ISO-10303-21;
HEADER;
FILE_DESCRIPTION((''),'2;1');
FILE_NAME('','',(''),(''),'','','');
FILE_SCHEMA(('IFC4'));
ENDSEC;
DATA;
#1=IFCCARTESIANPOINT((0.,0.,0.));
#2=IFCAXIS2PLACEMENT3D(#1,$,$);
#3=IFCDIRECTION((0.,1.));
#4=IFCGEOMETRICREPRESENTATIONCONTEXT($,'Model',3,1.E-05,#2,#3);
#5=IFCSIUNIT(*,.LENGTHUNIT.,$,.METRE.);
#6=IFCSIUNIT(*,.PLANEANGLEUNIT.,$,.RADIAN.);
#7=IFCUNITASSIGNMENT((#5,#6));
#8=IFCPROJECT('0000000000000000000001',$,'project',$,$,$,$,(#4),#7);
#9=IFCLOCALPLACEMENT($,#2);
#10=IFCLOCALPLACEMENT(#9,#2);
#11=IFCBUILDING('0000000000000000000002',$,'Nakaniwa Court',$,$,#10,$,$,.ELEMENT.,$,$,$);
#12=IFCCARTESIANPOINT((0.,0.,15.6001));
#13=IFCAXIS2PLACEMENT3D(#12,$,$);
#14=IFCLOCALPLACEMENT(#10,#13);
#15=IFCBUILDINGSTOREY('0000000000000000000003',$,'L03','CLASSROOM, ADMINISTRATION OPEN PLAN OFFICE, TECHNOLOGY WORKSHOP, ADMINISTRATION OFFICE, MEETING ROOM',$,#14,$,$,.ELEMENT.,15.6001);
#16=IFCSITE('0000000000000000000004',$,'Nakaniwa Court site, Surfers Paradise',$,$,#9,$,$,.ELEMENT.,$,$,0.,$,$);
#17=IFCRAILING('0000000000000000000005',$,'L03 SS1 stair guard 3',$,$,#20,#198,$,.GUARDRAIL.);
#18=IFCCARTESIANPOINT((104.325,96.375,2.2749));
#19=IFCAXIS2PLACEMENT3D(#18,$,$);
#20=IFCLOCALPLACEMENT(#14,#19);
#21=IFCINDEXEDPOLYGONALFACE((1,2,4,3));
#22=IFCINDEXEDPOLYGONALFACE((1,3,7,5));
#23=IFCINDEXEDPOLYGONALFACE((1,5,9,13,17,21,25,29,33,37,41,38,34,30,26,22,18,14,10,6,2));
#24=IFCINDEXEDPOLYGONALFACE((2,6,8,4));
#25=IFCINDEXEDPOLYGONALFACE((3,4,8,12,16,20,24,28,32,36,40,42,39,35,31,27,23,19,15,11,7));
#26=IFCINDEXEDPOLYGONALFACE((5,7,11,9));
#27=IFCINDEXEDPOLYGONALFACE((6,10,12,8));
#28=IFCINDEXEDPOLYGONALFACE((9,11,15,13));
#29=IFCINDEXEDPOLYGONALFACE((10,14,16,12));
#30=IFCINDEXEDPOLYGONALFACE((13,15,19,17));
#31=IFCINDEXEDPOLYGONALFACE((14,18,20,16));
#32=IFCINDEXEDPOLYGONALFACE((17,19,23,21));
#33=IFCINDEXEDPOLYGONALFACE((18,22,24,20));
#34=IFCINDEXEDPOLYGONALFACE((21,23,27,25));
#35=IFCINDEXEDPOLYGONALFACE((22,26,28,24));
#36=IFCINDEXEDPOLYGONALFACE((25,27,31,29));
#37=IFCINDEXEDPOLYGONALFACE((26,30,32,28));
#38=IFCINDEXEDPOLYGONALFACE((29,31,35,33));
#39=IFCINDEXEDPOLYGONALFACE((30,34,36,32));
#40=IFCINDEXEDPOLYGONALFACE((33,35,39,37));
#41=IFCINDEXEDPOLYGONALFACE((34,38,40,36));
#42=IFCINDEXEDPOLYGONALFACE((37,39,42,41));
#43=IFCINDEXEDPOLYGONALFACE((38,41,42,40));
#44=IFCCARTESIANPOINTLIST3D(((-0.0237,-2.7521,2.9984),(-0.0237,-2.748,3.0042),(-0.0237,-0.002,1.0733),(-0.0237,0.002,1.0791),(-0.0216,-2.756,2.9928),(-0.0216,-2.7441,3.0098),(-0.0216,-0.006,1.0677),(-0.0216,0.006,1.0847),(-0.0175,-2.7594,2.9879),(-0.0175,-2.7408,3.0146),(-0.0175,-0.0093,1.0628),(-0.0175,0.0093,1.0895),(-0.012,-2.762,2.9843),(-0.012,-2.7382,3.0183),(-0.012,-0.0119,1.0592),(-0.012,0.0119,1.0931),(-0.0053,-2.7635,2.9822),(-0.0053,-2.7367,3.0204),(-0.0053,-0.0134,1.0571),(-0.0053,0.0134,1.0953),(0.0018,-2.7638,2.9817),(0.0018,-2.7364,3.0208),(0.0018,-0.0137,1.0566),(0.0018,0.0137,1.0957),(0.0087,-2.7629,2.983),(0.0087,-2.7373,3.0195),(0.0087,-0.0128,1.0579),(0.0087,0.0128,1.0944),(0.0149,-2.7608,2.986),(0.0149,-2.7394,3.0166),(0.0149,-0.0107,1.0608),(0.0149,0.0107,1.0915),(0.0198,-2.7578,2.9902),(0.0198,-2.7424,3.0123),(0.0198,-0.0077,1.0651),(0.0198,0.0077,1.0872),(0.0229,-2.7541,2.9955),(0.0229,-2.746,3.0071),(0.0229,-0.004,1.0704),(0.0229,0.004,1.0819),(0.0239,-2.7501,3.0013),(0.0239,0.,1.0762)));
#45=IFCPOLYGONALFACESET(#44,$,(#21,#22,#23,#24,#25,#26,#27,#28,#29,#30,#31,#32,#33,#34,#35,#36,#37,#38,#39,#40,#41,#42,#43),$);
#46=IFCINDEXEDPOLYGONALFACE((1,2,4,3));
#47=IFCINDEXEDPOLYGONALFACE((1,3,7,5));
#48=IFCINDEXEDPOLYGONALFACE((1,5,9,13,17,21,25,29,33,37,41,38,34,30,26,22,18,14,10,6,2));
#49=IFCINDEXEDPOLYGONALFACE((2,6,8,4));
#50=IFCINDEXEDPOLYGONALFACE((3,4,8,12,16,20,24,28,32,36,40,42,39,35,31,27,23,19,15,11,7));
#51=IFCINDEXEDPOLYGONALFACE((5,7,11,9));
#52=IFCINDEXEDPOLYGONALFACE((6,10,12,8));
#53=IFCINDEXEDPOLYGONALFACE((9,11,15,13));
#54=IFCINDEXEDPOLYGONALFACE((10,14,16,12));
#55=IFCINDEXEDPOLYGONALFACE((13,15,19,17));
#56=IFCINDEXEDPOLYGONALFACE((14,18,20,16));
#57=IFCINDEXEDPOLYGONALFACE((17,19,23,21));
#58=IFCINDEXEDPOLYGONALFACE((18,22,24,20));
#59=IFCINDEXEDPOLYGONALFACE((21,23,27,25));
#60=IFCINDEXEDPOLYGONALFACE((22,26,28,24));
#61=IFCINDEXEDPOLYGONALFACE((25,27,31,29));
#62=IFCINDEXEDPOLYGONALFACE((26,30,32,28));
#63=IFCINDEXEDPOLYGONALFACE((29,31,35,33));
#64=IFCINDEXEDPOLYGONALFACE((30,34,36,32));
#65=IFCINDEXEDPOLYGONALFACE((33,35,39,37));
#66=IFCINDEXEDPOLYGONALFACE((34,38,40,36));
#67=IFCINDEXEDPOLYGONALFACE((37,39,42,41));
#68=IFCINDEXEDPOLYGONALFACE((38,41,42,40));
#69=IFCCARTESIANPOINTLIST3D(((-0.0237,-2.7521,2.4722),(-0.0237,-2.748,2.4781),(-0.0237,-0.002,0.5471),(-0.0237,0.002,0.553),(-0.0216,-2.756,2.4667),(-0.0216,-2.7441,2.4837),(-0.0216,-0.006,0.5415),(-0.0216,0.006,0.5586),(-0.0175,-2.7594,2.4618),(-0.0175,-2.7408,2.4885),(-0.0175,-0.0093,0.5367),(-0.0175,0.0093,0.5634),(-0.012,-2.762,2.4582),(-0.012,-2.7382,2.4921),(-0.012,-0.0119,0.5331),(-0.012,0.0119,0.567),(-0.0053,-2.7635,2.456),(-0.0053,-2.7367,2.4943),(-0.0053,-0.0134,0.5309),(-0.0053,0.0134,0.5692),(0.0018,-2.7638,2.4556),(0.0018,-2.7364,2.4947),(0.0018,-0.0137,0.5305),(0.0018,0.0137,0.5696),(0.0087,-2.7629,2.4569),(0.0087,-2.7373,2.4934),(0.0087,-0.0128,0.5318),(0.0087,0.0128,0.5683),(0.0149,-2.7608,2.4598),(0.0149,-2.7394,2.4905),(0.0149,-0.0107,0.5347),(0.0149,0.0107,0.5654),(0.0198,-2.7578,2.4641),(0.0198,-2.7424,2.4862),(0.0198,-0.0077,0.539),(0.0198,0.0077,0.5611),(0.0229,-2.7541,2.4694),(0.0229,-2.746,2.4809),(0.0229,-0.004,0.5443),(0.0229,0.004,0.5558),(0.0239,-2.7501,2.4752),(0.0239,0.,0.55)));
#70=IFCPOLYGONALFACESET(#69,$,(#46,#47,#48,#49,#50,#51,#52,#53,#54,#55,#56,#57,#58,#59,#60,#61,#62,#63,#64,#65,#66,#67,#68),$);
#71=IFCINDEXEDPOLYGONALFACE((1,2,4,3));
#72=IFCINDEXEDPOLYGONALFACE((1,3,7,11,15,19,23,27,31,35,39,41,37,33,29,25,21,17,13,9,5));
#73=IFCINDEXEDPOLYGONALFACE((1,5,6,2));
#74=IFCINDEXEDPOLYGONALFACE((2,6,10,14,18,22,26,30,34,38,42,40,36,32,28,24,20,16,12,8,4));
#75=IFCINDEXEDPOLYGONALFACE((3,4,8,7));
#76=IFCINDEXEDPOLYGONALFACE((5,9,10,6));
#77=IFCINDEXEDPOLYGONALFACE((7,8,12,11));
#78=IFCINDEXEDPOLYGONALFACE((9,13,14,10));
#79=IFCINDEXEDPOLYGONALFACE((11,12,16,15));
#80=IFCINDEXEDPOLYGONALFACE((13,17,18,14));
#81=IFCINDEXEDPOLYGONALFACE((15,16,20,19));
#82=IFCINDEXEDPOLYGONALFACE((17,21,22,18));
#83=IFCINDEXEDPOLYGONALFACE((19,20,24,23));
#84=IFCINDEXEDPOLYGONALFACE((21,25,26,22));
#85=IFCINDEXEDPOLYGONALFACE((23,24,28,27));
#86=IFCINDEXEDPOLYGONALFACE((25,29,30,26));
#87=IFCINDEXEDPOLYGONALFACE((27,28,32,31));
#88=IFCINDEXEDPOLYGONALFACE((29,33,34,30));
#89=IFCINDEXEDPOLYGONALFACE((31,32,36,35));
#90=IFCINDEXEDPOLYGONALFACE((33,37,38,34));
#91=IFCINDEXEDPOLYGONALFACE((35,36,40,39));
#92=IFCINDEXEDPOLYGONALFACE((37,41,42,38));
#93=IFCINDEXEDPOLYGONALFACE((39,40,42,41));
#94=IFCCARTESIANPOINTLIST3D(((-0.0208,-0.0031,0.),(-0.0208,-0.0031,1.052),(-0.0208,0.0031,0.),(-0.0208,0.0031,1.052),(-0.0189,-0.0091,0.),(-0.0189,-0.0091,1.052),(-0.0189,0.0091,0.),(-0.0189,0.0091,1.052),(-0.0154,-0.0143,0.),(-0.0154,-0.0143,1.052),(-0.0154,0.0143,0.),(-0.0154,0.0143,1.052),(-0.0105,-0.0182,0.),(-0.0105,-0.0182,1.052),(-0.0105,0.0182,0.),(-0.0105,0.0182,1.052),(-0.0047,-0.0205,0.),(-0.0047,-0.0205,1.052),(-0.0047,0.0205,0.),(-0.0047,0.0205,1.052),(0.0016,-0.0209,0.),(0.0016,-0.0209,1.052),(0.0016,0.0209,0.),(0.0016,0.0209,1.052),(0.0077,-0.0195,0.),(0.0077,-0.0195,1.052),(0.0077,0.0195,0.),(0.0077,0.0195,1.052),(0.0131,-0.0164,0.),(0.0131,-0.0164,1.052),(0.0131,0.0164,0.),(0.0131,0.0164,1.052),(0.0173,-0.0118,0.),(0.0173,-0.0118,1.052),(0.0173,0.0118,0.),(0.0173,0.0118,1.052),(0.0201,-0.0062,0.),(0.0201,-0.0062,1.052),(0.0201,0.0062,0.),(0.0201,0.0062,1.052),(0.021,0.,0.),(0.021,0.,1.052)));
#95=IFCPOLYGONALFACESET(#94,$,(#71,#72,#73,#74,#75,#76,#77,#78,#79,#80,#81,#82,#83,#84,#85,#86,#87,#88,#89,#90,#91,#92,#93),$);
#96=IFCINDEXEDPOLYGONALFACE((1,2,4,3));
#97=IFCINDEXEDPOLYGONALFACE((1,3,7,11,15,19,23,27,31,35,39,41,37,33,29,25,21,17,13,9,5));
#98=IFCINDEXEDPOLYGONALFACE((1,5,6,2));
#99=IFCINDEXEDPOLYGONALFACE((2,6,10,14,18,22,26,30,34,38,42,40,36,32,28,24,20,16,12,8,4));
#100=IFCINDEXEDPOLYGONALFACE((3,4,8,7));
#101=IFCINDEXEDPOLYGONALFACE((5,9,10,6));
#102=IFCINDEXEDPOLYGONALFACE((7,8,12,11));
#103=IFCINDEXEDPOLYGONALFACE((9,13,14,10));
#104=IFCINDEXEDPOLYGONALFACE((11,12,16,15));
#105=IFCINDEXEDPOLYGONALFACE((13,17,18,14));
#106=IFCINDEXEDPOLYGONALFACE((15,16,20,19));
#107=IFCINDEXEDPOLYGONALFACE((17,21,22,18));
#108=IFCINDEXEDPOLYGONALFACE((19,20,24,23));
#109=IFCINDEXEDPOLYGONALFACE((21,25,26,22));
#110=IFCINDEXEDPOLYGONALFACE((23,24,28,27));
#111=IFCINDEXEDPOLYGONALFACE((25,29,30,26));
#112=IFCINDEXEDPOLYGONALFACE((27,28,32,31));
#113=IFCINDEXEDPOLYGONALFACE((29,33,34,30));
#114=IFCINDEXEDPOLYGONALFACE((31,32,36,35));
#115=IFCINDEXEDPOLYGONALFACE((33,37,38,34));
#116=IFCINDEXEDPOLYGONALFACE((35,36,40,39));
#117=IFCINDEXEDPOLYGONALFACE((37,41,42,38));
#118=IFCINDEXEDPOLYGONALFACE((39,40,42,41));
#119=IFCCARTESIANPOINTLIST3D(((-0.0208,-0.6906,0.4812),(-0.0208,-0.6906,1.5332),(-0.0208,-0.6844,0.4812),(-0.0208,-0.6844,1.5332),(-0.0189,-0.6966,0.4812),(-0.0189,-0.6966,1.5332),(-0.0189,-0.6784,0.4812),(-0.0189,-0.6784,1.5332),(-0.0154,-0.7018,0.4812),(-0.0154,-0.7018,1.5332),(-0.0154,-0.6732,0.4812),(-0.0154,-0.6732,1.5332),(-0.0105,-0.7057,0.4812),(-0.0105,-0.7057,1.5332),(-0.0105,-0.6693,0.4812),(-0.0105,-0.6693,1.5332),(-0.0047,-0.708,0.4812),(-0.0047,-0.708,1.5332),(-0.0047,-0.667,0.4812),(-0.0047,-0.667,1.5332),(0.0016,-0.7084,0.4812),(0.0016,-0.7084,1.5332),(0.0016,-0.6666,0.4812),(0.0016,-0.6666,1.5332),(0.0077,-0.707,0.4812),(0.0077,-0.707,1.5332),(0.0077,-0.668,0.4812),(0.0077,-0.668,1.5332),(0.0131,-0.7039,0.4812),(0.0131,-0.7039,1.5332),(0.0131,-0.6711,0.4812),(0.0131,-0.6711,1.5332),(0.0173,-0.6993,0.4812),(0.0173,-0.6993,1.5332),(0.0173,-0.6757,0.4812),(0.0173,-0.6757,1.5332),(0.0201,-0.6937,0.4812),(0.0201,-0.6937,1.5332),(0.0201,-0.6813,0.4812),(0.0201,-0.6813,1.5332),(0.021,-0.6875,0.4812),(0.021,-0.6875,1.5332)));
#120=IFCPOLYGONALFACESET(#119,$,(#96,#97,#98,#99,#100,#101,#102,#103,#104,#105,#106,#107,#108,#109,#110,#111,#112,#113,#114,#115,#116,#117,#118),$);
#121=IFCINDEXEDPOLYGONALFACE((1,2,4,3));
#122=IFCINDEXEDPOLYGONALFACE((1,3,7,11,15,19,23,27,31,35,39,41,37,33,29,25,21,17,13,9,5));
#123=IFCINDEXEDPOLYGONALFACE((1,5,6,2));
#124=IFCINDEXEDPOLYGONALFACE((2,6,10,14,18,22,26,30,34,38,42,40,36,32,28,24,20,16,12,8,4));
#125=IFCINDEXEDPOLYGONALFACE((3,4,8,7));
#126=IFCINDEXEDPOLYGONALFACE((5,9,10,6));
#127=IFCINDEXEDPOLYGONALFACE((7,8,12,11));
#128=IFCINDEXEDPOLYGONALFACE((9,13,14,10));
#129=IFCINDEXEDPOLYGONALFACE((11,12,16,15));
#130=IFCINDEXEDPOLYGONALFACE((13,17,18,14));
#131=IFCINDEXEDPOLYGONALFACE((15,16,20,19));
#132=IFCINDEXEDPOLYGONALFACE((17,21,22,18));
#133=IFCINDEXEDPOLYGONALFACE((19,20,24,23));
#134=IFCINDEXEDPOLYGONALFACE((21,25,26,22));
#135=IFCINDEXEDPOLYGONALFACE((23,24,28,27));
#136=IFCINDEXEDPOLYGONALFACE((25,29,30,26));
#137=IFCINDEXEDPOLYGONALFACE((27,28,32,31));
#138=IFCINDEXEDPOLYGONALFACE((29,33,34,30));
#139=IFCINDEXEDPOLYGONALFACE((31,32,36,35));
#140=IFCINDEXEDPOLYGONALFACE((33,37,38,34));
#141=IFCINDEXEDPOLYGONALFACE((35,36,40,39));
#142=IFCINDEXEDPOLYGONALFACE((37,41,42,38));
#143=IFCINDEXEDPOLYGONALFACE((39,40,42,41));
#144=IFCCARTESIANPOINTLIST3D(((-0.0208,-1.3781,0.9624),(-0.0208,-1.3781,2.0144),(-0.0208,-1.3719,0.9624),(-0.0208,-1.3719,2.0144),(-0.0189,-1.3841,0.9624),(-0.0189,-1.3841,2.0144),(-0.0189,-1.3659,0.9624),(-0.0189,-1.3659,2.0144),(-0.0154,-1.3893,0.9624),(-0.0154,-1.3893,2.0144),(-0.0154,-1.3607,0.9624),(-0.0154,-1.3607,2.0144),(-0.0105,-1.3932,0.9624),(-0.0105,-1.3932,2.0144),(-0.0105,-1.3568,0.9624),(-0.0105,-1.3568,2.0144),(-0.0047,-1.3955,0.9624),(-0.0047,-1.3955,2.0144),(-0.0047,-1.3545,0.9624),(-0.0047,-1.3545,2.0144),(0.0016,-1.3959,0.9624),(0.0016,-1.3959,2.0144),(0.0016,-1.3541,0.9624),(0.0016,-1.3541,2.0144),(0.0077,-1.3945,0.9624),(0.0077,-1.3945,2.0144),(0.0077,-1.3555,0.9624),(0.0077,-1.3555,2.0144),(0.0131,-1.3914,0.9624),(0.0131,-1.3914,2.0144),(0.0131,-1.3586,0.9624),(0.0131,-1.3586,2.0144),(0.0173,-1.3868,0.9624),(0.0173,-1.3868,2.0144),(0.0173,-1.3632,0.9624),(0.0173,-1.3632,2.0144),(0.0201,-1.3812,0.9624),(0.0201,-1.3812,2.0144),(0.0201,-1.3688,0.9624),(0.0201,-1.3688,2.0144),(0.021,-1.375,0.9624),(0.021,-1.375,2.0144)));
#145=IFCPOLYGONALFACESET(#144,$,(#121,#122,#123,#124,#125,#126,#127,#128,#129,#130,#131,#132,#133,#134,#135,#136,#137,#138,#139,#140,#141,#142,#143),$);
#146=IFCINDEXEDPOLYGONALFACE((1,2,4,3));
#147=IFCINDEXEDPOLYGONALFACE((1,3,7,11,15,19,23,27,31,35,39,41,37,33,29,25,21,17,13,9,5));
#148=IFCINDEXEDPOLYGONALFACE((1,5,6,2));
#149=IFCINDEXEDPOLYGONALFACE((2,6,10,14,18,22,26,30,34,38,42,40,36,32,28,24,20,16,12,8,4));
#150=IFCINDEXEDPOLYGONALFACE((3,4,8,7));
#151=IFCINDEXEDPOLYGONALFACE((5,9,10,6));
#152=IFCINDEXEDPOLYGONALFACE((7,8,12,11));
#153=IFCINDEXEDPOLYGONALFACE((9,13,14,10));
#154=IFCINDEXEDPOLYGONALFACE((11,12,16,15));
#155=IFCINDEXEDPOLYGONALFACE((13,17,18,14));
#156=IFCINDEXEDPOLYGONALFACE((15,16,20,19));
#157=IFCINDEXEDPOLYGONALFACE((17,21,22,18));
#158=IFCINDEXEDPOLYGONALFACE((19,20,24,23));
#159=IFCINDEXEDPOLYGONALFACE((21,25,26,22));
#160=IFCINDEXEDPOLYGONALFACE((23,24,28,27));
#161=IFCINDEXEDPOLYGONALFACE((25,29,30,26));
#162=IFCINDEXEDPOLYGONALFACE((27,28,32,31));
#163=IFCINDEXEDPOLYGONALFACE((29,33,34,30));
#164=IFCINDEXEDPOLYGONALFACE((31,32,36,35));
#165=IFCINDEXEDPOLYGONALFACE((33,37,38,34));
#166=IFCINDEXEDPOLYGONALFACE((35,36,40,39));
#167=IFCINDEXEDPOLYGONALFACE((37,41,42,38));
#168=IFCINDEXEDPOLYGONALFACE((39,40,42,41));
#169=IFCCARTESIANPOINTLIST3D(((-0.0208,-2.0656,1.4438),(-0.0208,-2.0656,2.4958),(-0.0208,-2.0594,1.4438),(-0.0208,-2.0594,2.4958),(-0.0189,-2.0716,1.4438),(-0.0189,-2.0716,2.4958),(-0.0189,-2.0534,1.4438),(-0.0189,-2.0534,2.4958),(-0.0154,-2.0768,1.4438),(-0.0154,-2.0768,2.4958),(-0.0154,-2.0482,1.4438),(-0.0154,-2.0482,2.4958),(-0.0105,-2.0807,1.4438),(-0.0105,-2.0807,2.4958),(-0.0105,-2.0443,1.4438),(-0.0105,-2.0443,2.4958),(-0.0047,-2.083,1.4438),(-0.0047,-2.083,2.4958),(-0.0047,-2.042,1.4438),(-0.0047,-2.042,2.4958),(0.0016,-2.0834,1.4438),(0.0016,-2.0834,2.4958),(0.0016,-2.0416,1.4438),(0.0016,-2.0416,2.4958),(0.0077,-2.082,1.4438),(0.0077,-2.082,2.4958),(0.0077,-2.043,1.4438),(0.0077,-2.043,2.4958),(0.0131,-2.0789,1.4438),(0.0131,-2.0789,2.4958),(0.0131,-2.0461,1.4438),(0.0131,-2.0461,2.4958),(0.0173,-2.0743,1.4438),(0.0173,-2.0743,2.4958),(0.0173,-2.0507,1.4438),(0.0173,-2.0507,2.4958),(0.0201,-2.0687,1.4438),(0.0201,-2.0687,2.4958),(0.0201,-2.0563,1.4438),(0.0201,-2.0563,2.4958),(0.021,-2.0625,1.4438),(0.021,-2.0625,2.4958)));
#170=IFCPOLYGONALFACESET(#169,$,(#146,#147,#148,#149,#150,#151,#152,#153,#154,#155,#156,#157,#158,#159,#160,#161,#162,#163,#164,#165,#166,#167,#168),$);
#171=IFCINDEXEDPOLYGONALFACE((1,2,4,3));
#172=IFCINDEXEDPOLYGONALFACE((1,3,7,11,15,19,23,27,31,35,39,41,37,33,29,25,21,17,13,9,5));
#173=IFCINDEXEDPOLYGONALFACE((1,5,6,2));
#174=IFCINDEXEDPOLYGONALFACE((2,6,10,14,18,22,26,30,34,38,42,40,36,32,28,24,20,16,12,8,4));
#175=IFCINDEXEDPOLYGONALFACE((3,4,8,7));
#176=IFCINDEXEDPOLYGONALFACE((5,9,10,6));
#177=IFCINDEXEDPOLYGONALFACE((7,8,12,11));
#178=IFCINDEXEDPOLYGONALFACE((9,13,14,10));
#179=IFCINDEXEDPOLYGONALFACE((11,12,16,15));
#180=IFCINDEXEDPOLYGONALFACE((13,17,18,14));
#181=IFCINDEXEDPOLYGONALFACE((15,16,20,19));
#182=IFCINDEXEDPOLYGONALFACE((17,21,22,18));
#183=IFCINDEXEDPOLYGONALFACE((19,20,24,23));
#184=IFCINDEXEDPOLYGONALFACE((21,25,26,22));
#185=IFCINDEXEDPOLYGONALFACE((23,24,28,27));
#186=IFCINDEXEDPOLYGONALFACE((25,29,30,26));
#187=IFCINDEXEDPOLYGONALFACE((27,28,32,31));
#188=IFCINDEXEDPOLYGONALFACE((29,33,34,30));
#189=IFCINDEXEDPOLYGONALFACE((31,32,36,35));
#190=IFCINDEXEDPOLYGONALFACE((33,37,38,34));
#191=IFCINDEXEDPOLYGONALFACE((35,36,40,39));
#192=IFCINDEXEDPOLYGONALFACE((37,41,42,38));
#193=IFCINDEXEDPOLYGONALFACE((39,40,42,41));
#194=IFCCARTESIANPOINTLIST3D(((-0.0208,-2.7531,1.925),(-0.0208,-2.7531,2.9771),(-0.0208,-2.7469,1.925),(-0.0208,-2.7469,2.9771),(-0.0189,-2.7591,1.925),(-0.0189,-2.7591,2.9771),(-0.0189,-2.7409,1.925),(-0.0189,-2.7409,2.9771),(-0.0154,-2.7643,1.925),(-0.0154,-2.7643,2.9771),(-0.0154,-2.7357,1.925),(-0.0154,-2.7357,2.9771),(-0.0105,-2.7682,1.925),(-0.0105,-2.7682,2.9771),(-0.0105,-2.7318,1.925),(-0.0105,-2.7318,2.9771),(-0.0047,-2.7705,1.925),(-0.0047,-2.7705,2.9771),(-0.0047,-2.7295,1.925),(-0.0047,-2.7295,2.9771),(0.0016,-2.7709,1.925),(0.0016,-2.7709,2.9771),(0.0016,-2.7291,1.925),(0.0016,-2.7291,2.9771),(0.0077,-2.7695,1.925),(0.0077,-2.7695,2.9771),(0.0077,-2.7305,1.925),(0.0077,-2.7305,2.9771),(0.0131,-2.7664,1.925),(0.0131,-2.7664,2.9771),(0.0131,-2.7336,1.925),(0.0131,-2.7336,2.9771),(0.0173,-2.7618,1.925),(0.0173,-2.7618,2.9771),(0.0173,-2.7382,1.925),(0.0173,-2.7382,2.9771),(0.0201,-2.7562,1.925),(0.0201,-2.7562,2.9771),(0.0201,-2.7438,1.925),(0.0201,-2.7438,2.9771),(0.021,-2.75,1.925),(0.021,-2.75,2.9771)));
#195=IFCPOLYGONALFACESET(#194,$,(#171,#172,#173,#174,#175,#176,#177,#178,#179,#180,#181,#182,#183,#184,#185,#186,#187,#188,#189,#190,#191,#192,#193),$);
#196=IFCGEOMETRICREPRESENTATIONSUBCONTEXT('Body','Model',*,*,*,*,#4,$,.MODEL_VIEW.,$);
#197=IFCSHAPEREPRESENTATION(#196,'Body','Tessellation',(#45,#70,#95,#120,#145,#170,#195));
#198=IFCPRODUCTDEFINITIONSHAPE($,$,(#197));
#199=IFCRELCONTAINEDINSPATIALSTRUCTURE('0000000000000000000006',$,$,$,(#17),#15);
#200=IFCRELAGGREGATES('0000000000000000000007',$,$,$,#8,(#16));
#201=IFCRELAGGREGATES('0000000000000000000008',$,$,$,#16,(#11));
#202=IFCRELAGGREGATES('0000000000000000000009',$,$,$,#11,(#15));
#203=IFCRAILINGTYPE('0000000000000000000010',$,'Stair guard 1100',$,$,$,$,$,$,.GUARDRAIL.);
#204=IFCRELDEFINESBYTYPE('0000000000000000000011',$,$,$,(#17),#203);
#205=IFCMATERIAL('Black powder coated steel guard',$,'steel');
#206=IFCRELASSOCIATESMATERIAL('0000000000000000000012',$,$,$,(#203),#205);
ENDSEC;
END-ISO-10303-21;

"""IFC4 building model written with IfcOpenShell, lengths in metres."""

from ifc_helpers import new_model, si_unit, direction, frame, origin, origin_2d, place, context, subcontext, project, spatial, circle, extrude, material, type_object, element, save


model = new_model("IFC4")

# Units and contexts
model_context = context("Model", 3, precision=1e-05, world=origin(), true_north=direction((0.0, 1.0)))
body_context = subcontext(model_context, "Body", "Model", "MODEL_VIEW")
ifc_project = project(units=[si_unit("LENGTHUNIT", "METRE"), si_unit("PLANEANGLEUNIT", "RADIAN")], contexts=[model_context])

# Site, building, storey
site_placement = place(None, origin())
site = spatial("IfcSite", under=ifc_project, at=site_placement, Name="Nakaniwa Court site, Surfers Paradise", CompositionType="ELEMENT", RefElevation=0.0)
building_placement = place(site_placement, origin())
building = spatial("IfcBuilding", under=site, at=building_placement, Name="Nakaniwa Court", CompositionType="ELEMENT")
storey_placement = place(building_placement, frame((0.0, 0.0, 15.6001)))
storey = spatial("IfcBuildingStorey", under=building, at=storey_placement, Name="L03", Description="CLASSROOM, ADMINISTRATION OPEN PLAN OFFICE, TECHNOLOGY WORKSHOP, ADMINISTRATION OFFICE, MEETING ROOM", CompositionType="ELEMENT", Elevation=15.6001)

# Railing
ifc_material_1 = material(Name="Black powder coated steel guard", Category="steel")
railing_type_1 = type_object("IfcRailingType", Name="Stair guard 1100", PredefinedType="GUARDRAIL", material=ifc_material_1)
railing_1_placement = place(storey_placement, frame((104.325, 96.375, 2.2749)))
element("IfcRailing", 1, at=railing_1_placement, inside=storey, type_object=railing_type_1, Name="L03 SS1 stair guard 3", PredefinedType="GUARDRAIL", context=body_context, shape_type="SweptSolid", body=[
    extrude(circle(Radius=0.0239, at=origin_2d()), frame((0.0, 0.0, 1.0762), z_axis=(0.0, -0.819225, 0.573472), x_axis=(1.0, 0.0, 0.0)), (0.0, 0.0, 1.0), 3.3569),
    extrude(circle(Radius=0.0239, at=origin_2d()), frame((0.0, 0.0, 0.55), z_axis=(0.0, -0.819225, 0.573472), x_axis=(1.0, 0.0, 0.0)), (0.0, 0.0, 1.0), 3.3569),
    extrude(circle(Radius=0.021, at=origin_2d()), origin(), (0.0, 0.0, 1.0), 1.052),
    extrude(circle(Radius=0.021, at=origin_2d()), frame((0.0, -0.6875, 0.4812)), (0.0, 0.0, 1.0), 1.052),
    extrude(circle(Radius=0.021, at=origin_2d()), frame((0.0, -1.375, 0.9624)), (0.0, 0.0, 1.0), 1.052),
    extrude(circle(Radius=0.021, at=origin_2d()), frame((0.0, -2.0625, 1.4438)), (0.0, 0.0, 1.0), 1.052),
    extrude(circle(Radius=0.021, at=origin_2d()), frame((0.0, -2.75, 1.925)), (0.0, 0.0, 1.0), 1.052),
])

save(model, "model.ifc")
